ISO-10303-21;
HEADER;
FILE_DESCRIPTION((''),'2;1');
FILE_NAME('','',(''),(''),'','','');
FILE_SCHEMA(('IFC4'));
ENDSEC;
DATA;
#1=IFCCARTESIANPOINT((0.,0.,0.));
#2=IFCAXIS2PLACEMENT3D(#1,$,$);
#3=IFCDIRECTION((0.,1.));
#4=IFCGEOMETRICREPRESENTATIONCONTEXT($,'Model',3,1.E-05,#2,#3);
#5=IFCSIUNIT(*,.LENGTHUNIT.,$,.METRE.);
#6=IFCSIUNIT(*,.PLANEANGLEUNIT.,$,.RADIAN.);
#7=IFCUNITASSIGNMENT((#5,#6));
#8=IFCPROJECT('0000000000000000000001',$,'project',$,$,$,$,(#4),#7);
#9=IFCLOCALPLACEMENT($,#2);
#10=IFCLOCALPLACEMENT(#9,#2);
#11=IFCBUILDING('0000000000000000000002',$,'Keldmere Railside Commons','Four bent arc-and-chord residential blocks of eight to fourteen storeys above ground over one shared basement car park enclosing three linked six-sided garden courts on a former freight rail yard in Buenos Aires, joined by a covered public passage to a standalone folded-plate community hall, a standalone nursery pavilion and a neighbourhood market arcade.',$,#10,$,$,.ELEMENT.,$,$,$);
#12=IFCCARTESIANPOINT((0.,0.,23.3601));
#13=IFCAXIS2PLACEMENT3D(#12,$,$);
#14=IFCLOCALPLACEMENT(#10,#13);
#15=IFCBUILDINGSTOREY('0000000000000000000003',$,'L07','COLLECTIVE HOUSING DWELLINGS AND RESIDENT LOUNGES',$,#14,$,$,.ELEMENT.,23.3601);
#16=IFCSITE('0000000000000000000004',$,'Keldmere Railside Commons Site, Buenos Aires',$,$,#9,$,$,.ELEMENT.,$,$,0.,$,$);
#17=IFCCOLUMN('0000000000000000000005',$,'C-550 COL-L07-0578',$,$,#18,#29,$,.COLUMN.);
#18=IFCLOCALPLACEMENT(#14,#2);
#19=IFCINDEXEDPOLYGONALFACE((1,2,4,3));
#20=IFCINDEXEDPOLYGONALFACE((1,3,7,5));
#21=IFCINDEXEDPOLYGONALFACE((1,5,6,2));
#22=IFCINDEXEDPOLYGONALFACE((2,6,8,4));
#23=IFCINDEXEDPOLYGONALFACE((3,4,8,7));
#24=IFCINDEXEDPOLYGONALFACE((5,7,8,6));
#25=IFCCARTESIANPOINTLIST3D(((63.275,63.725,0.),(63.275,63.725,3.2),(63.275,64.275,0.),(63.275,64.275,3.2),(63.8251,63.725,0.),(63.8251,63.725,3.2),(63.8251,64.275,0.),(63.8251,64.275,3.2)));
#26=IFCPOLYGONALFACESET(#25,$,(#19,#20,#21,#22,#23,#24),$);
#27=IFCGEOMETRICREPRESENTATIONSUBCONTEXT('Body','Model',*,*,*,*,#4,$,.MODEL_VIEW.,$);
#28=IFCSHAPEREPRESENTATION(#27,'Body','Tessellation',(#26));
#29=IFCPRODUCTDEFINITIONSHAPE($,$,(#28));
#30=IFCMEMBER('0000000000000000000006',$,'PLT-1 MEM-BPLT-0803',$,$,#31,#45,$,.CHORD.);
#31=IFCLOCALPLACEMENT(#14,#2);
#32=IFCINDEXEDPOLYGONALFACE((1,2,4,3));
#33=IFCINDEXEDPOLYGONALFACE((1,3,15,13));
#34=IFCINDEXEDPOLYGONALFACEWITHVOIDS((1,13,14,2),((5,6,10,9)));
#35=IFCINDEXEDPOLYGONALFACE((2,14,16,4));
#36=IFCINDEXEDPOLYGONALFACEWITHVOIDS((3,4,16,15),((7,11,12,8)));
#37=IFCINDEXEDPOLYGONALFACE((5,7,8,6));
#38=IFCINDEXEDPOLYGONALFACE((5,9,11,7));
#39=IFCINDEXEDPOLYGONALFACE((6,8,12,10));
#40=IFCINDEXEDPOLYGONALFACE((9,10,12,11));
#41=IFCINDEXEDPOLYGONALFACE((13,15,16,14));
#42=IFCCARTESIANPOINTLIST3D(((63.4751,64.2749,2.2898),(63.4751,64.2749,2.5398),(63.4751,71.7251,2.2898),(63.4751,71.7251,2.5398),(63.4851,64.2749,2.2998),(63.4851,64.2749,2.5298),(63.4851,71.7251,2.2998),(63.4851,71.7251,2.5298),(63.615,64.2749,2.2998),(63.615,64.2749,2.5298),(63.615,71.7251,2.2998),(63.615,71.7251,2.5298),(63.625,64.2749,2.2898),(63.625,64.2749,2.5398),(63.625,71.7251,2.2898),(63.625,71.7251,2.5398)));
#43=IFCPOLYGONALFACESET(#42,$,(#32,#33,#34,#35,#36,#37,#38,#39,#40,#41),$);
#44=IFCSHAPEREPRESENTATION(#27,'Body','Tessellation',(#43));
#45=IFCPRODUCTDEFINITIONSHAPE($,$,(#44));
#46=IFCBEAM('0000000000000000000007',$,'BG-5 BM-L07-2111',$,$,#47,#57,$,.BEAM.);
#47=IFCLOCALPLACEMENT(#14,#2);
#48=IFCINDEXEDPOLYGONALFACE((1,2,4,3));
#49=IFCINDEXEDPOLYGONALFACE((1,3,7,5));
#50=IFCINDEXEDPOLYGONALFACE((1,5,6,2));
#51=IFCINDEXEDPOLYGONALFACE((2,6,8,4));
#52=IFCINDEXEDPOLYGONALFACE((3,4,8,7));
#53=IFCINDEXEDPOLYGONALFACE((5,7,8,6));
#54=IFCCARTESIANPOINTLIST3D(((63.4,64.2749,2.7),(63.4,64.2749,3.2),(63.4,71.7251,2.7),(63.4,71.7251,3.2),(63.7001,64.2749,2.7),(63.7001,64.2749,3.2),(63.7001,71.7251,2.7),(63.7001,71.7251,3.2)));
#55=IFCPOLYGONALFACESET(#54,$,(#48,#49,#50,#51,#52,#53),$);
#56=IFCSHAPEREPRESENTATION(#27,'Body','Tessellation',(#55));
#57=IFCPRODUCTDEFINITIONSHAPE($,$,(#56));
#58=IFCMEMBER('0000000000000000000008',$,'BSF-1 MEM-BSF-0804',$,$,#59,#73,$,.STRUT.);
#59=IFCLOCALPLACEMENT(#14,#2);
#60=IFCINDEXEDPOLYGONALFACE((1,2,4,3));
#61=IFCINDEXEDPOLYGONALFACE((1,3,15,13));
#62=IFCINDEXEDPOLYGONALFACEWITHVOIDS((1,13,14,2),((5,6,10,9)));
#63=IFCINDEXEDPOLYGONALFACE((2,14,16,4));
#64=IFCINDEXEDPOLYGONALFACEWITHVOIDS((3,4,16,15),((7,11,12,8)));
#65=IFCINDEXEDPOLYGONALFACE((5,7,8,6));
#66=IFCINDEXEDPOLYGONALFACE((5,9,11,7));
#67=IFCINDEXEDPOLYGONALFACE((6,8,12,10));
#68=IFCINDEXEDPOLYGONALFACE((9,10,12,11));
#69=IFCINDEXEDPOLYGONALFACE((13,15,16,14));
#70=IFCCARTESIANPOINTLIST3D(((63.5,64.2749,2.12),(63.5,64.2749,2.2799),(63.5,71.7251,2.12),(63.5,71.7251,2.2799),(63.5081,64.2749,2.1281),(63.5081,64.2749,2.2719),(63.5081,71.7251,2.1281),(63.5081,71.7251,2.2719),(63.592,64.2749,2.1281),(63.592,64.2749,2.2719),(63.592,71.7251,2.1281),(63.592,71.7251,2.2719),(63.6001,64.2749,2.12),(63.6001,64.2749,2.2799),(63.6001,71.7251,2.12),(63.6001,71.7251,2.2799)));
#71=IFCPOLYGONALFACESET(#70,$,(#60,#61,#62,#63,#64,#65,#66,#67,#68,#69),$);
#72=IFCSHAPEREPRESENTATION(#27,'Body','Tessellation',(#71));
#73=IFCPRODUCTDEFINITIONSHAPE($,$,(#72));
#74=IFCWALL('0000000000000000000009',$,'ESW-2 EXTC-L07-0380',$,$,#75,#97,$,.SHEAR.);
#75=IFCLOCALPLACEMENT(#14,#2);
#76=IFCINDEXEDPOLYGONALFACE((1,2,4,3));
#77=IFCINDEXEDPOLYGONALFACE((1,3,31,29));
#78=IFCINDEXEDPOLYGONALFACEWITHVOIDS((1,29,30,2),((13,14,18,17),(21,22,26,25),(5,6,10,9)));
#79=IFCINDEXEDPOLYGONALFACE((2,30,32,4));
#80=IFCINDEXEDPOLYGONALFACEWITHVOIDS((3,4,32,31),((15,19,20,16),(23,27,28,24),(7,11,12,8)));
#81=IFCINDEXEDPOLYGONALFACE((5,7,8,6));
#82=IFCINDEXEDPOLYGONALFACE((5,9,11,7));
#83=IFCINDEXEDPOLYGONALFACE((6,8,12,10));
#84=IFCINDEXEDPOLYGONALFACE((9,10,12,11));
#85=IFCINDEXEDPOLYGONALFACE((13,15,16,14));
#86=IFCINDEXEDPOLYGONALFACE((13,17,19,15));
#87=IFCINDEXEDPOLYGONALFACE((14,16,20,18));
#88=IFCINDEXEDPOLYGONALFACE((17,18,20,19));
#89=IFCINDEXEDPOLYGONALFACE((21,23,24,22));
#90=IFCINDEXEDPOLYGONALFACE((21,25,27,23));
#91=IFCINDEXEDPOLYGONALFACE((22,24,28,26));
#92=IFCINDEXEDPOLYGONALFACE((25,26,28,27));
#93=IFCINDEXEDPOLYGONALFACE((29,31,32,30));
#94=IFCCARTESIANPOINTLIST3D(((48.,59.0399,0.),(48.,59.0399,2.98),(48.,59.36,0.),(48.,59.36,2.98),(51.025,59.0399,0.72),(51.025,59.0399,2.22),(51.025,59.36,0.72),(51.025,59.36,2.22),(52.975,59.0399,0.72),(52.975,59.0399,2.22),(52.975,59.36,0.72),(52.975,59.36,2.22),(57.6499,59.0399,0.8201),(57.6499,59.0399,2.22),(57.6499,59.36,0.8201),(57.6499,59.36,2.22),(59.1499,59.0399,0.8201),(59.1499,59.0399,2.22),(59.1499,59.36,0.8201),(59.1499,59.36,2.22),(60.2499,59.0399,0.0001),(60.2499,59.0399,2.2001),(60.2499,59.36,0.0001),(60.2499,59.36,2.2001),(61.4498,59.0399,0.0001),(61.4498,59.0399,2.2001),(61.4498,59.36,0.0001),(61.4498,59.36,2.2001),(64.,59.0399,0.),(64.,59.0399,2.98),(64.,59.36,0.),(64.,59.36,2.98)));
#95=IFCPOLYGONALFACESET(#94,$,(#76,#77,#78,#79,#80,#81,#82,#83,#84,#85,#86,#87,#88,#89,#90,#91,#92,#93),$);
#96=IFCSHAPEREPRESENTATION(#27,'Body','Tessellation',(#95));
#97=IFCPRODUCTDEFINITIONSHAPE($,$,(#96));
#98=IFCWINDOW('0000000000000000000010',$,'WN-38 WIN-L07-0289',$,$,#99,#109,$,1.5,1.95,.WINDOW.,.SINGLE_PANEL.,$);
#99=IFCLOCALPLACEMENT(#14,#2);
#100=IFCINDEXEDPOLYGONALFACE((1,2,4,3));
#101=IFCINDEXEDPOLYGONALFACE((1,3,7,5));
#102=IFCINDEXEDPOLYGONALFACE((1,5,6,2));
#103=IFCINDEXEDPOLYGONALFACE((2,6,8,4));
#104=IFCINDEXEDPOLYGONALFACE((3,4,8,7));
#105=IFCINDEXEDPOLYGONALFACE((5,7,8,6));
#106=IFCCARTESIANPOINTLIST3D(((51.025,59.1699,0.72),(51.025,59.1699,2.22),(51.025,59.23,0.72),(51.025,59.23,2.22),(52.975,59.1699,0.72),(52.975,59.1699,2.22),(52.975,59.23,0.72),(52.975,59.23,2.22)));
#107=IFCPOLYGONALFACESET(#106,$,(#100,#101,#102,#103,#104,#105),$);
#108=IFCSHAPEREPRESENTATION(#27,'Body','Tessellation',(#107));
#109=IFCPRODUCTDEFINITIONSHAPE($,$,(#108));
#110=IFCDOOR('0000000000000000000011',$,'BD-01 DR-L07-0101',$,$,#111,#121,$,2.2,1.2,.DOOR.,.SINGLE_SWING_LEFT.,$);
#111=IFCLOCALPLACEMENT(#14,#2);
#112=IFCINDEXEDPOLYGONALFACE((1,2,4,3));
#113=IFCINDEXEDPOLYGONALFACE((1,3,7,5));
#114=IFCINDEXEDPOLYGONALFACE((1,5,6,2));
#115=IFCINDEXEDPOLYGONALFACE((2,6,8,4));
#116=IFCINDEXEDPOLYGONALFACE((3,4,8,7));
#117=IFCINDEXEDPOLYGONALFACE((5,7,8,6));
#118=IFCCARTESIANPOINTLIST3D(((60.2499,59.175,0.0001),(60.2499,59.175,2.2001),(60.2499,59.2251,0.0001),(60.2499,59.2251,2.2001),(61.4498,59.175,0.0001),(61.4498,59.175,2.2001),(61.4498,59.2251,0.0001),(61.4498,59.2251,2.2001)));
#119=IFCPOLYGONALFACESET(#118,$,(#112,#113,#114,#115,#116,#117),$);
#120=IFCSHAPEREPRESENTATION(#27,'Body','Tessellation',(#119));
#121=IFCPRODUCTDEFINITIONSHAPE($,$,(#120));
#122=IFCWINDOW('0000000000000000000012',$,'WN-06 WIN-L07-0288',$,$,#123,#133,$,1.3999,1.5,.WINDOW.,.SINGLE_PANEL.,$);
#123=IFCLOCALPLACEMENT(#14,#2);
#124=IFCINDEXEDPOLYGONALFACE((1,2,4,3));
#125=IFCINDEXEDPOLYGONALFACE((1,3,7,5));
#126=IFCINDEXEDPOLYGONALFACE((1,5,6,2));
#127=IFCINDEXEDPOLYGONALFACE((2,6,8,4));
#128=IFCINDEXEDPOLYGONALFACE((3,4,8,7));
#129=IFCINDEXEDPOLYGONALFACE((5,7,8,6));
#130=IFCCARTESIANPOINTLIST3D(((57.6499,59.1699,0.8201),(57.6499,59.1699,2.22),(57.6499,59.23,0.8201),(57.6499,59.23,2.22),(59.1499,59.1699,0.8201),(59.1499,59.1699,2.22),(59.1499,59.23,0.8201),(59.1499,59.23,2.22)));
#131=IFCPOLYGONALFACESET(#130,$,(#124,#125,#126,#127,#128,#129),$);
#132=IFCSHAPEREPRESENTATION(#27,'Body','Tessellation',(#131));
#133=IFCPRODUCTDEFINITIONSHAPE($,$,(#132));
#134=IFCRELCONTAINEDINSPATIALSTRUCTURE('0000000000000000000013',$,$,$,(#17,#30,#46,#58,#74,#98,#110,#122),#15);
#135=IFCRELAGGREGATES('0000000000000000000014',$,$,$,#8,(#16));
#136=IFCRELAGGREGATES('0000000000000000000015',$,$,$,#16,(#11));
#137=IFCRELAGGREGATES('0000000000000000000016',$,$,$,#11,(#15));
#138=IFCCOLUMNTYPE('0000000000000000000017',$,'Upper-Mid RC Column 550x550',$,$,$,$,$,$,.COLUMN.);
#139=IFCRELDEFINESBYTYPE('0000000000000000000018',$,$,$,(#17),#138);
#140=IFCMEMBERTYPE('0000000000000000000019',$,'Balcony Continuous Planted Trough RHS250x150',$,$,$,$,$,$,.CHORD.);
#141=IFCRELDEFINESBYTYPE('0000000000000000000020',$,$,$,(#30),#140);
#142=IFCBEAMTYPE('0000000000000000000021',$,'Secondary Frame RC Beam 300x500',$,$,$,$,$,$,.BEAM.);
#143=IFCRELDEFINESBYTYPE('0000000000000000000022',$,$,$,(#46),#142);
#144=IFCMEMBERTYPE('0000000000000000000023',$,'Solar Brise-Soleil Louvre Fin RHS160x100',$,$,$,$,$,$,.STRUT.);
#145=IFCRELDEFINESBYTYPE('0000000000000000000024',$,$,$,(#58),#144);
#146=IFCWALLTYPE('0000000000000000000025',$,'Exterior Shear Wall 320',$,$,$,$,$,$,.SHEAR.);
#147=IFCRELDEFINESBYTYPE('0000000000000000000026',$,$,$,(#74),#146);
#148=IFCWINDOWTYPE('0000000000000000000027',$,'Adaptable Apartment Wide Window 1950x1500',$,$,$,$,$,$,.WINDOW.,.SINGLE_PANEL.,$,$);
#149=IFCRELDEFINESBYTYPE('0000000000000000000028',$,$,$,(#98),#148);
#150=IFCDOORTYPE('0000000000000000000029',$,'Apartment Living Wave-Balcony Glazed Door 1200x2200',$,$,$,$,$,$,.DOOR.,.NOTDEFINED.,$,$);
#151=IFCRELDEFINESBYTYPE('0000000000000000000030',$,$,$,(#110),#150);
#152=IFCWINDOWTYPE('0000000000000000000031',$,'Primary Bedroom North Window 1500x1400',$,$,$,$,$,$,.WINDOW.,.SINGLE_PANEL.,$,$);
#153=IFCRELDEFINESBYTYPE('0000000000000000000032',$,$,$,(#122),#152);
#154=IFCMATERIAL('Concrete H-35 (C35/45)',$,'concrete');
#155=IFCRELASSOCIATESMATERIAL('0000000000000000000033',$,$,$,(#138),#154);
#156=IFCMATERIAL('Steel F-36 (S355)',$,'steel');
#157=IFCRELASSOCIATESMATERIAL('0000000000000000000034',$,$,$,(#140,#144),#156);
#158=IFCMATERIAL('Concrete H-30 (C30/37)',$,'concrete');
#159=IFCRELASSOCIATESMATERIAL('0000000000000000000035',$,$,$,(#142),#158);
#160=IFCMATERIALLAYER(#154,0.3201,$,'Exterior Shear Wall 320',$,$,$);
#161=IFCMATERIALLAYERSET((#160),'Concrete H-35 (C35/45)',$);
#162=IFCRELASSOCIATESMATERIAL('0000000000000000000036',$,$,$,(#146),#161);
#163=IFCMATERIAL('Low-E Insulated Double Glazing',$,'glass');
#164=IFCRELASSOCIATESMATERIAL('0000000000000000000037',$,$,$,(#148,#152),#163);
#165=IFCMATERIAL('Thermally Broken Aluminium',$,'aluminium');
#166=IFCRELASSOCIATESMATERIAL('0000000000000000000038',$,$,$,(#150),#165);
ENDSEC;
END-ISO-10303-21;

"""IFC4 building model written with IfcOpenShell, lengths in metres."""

from ifc_helpers import new_model, si_unit, direction, frame, frame_2d, origin, origin_2d, place, context, subcontext, project, spatial, rectangle, hollow_rectangle, extrude, material, layer, layer_set, material_profile, profile_set, type_object, element, fill, save


model = new_model("IFC4")

# Units and contexts
model_context = context("Model", 3, precision=1e-05, world=origin(), true_north=direction((0.0, 1.0)))
body_context = subcontext(model_context, "Body", "Model", "MODEL_VIEW")
ifc_project = project(units=[si_unit("LENGTHUNIT", "METRE"), si_unit("PLANEANGLEUNIT", "RADIAN")], contexts=[model_context])

# Site, building, storey
site_placement = place(None, origin())
site = spatial("IfcSite", under=ifc_project, at=site_placement, Name="Keldmere Railside Commons Site, Buenos Aires", CompositionType="ELEMENT", RefElevation=0.0)
building_placement = place(site_placement, origin())
building = spatial("IfcBuilding", under=site, at=building_placement, Name="Keldmere Railside Commons", Description="Four bent arc-and-chord residential blocks of eight to fourteen storeys above ground over one shared basement car park enclosing three linked six-sided garden courts on a former freight rail yard in Buenos Aires, joined by a covered public passage to a standalone folded-plate community hall, a standalone nursery pavilion and a neighbourhood market arcade.", CompositionType="ELEMENT")
storey_placement = place(building_placement, frame((0.0, 0.0, 23.3601)))
storey = spatial("IfcBuildingStorey", under=building, at=storey_placement, Name="L07", Description="COLLECTIVE HOUSING DWELLINGS AND RESIDENT LOUNGES", CompositionType="ELEMENT", Elevation=23.3601)

# Column
ifc_material_1 = material(Name="Concrete H-35 (C35/45)", Category="concrete")
ifc_material_profile_1 = material_profile(ifc_material_1, rectangle(XDim=0.55, YDim=0.55, at=origin_2d()), Name="RC-550x550")
ifc_profile_set_1 = profile_set([ifc_material_profile_1], Name="Concrete H-35 (C35/45)")
column_type = type_object("IfcColumnType", Name="Upper-Mid RC Column 550x550", PredefinedType="COLUMN", material=ifc_profile_set_1)
column_placement = place(storey_placement, frame((63.55, 64.0, 0.0), z_axis=(0.0, 0.0, 1.0), x_axis=(1.0, 0.0, 0.0)))
element("IfcColumn", 1, at=column_placement, inside=storey, type_object=column_type, Name="C-550 COL-L07-0578", PredefinedType="COLUMN", context=body_context, shape_type="SweptSolid", body=[
    extrude(rectangle(XDim=0.55, YDim=0.55, at=origin_2d()), origin(), (0.0, 0.0, 1.0), 3.2),
])

# Member
ifc_material_2 = material(Name="Steel F-36 (S355)", Category="steel")
ifc_material_profile_2 = material_profile(ifc_material_2, hollow_rectangle(XDim=0.1499, YDim=0.25, WallThickness=0.01, at=origin_2d()), Name="RHS-250x150x10")
ifc_profile_set_2 = profile_set([ifc_material_profile_2], Name="Steel F-36 (S355)")
member_type_1 = type_object("IfcMemberType", Name="Balcony Continuous Planted Trough RHS250x150", PredefinedType="CHORD", material=ifc_profile_set_2)
member_1_placement = place(storey_placement, frame((63.55, 64.2749, 2.4148), z_axis=(0.0, 1.0, 0.0), x_axis=(-1.0, 0.0, 0.0)))
element("IfcMember", 2, at=member_1_placement, inside=storey, type_object=member_type_1, Name="PLT-1 MEM-BPLT-0803", PredefinedType="CHORD", context=body_context, shape_type="SweptSolid", body=[
    extrude(hollow_rectangle(XDim=0.1499, YDim=0.25, WallThickness=0.01, at=origin_2d()), origin(), (0.0, 0.0, 1.0), 7.4502),
])

# Beam
ifc_material_3 = material(Name="Concrete H-30 (C30/37)", Category="concrete")
ifc_material_profile_3 = material_profile(ifc_material_3, rectangle(XDim=0.3, YDim=0.5, at=origin_2d()), Name="RC-300x500")
ifc_profile_set_3 = profile_set([ifc_material_profile_3], Name="Concrete H-30 (C30/37)")
beam_type = type_object("IfcBeamType", Name="Secondary Frame RC Beam 300x500", PredefinedType="BEAM", material=ifc_profile_set_3)
beam_placement = place(storey_placement, frame((63.55, 64.2749, 2.95), z_axis=(0.0, 1.0, 0.0), x_axis=(-1.0, 0.0, 0.0)))
element("IfcBeam", 3, at=beam_placement, inside=storey, type_object=beam_type, Name="BG-5 BM-L07-2111", PredefinedType="BEAM", context=body_context, shape_type="SweptSolid", body=[
    extrude(rectangle(XDim=0.3, YDim=0.5, at=origin_2d()), origin(), (0.0, 0.0, 1.0), 7.4502),
])

# Member
ifc_material_profile_4 = material_profile(ifc_material_2, hollow_rectangle(XDim=0.1001, YDim=0.1599, WallThickness=0.0081, at=origin_2d()), Name="RHS-160x100x8")
ifc_profile_set_4 = profile_set([ifc_material_profile_4], Name="Steel F-36 (S355)")
member_type_2 = type_object("IfcMemberType", Name="Solar Brise-Soleil Louvre Fin RHS160x100", PredefinedType="STRUT", material=ifc_profile_set_4)
member_2_placement = place(storey_placement, frame((63.55, 64.2749, 2.2), z_axis=(0.0, 1.0, 0.0), x_axis=(-1.0, 0.0, 0.0)))
element("IfcMember", 4, at=member_2_placement, inside=storey, type_object=member_type_2, Name="BSF-1 MEM-BSF-0804", PredefinedType="STRUT", context=body_context, shape_type="SweptSolid", body=[
    extrude(hollow_rectangle(XDim=0.1001, YDim=0.1599, WallThickness=0.0081, at=origin_2d()), origin(), (0.0, 0.0, 1.0), 7.4502),
])

# Wall, openings, windows, door
ifc_layer = layer(ifc_material_1, 0.3201, Name="Exterior Shear Wall 320")
ifc_layer_set = layer_set([ifc_layer], Name="Concrete H-35 (C35/45)")
wall_type = type_object("IfcWallType", Name="Exterior Shear Wall 320", PredefinedType="SHEAR", material=ifc_layer_set)
wall_placement = place(storey_placement, frame((64.0, 59.2, 0.0), z_axis=(0.0, 0.0, 1.0), x_axis=(-1.0, 0.0, 0.0)))
wall = element("IfcWall", 5, at=wall_placement, inside=storey, type_object=wall_type, Name="ESW-2 EXTC-L07-0380", PredefinedType="SHEAR", context=body_context, shape_type="SweptSolid", body=[
    extrude(rectangle(XDim=16.0, YDim=0.3201, at=frame_2d((8.0, 0.0))), origin(), (0.0, 0.0, 1.0), 2.98),
])
opening_1_placement = place(wall_placement, frame((2.55, 0.0, 0.0)))
opening_1 = element("IfcOpeningElement", 6, at=opening_1_placement, cuts=wall, PredefinedType="OPENING", context=body_context, shape_type="SweptSolid", body=[
    extrude(rectangle(XDim=1.2, YDim=2.2, at=frame_2d((0.6001, 1.1001))), frame((0.0, 0.1699, 0.0), z_axis=(0.0, -1.0, 0.0), x_axis=(1.0, 0.0, 0.0)), (0.0, 0.0, 1.0), 0.3401),
])
opening_2_placement = place(wall_placement, frame((4.8501, 0.0, 0.8201)))
opening_2 = element("IfcOpeningElement", 7, at=opening_2_placement, cuts=wall, PredefinedType="OPENING", context=body_context, shape_type="SweptSolid", body=[
    extrude(rectangle(XDim=1.5, YDim=1.3999, at=frame_2d((0.75, 0.7))), frame((0.0, 0.1699, 0.0), z_axis=(0.0, -1.0, 0.0), x_axis=(1.0, 0.0, 0.0)), (0.0, 0.0, 1.0), 0.3401),
])
opening_3_placement = place(wall_placement, frame((11.0249, 0.0, 0.72)))
opening_3 = element("IfcOpeningElement", 8, at=opening_3_placement, cuts=wall, PredefinedType="OPENING", context=body_context, shape_type="SweptSolid", body=[
    extrude(rectangle(XDim=1.95, YDim=1.5, at=frame_2d((0.9751, 0.75))), frame((0.0, 0.1699, 0.0), z_axis=(0.0, -1.0, 0.0), x_axis=(1.0, 0.0, 0.0)), (0.0, 0.0, 1.0), 0.3401),
])
ifc_material_4 = material(Name="Low-E Insulated Double Glazing", Category="glass")
window_type_1 = type_object("IfcWindowType", Name="Adaptable Apartment Wide Window 1950x1500", PartitioningType="SINGLE_PANEL", PredefinedType="WINDOW", material=ifc_material_4)
window_1_placement = place(opening_3_placement, origin())
window_1 = element("IfcWindow", 9, at=window_1_placement, inside=storey, type_object=window_type_1, Name="WN-38 WIN-L07-0289", OverallHeight=1.5, OverallWidth=1.95, PartitioningType="SINGLE_PANEL", PredefinedType="WINDOW", context=body_context, shape_type="SweptSolid", body=[
    extrude(rectangle(XDim=1.95, YDim=1.5, at=frame_2d((0.9751, 0.75))), frame((0.0, 0.03, 0.0), z_axis=(0.0, -1.0, 0.0), x_axis=(1.0, 0.0, 0.0)), (0.0, 0.0, 1.0), 0.0601),
])
fill(opening_3, window_1)
ifc_material_5 = material(Name="Thermally Broken Aluminium", Category="aluminium")
door_type = type_object("IfcDoorType", Name="Apartment Living Wave-Balcony Glazed Door 1200x2200", OperationType="NOTDEFINED", PredefinedType="DOOR", material=ifc_material_5)
door_placement = place(opening_1_placement, origin())
door = element("IfcDoor", 10, at=door_placement, inside=storey, type_object=door_type, Name="BD-01 DR-L07-0101", OperationType="SINGLE_SWING_LEFT", OverallHeight=2.2, OverallWidth=1.2, PredefinedType="DOOR", context=body_context, shape_type="SweptSolid", body=[
    extrude(rectangle(XDim=1.2, YDim=2.2, at=frame_2d((0.6001, 1.1001))), frame((0.0, 0.0249, 0.0), z_axis=(0.0, -1.0, 0.0), x_axis=(1.0, 0.0, 0.0)), (0.0, 0.0, 1.0), 0.05),
])
fill(opening_1, door)
window_type_2 = type_object("IfcWindowType", Name="Primary Bedroom North Window 1500x1400", PartitioningType="SINGLE_PANEL", PredefinedType="WINDOW", material=ifc_material_4)
window_2_placement = place(opening_2_placement, origin())
window_2 = element("IfcWindow", 11, at=window_2_placement, inside=storey, type_object=window_type_2, Name="WN-06 WIN-L07-0288", OverallHeight=1.3999, OverallWidth=1.5, PartitioningType="SINGLE_PANEL", PredefinedType="WINDOW", context=body_context, shape_type="SweptSolid", body=[
    extrude(rectangle(XDim=1.5, YDim=1.3999, at=frame_2d((0.75, 0.7))), frame((0.0, 0.03, 0.0), z_axis=(0.0, -1.0, 0.0), x_axis=(1.0, 0.0, 0.0)), (0.0, 0.0, 1.0), 0.0601),
])
fill(opening_2, window_2)

save(model, "model.ifc")
